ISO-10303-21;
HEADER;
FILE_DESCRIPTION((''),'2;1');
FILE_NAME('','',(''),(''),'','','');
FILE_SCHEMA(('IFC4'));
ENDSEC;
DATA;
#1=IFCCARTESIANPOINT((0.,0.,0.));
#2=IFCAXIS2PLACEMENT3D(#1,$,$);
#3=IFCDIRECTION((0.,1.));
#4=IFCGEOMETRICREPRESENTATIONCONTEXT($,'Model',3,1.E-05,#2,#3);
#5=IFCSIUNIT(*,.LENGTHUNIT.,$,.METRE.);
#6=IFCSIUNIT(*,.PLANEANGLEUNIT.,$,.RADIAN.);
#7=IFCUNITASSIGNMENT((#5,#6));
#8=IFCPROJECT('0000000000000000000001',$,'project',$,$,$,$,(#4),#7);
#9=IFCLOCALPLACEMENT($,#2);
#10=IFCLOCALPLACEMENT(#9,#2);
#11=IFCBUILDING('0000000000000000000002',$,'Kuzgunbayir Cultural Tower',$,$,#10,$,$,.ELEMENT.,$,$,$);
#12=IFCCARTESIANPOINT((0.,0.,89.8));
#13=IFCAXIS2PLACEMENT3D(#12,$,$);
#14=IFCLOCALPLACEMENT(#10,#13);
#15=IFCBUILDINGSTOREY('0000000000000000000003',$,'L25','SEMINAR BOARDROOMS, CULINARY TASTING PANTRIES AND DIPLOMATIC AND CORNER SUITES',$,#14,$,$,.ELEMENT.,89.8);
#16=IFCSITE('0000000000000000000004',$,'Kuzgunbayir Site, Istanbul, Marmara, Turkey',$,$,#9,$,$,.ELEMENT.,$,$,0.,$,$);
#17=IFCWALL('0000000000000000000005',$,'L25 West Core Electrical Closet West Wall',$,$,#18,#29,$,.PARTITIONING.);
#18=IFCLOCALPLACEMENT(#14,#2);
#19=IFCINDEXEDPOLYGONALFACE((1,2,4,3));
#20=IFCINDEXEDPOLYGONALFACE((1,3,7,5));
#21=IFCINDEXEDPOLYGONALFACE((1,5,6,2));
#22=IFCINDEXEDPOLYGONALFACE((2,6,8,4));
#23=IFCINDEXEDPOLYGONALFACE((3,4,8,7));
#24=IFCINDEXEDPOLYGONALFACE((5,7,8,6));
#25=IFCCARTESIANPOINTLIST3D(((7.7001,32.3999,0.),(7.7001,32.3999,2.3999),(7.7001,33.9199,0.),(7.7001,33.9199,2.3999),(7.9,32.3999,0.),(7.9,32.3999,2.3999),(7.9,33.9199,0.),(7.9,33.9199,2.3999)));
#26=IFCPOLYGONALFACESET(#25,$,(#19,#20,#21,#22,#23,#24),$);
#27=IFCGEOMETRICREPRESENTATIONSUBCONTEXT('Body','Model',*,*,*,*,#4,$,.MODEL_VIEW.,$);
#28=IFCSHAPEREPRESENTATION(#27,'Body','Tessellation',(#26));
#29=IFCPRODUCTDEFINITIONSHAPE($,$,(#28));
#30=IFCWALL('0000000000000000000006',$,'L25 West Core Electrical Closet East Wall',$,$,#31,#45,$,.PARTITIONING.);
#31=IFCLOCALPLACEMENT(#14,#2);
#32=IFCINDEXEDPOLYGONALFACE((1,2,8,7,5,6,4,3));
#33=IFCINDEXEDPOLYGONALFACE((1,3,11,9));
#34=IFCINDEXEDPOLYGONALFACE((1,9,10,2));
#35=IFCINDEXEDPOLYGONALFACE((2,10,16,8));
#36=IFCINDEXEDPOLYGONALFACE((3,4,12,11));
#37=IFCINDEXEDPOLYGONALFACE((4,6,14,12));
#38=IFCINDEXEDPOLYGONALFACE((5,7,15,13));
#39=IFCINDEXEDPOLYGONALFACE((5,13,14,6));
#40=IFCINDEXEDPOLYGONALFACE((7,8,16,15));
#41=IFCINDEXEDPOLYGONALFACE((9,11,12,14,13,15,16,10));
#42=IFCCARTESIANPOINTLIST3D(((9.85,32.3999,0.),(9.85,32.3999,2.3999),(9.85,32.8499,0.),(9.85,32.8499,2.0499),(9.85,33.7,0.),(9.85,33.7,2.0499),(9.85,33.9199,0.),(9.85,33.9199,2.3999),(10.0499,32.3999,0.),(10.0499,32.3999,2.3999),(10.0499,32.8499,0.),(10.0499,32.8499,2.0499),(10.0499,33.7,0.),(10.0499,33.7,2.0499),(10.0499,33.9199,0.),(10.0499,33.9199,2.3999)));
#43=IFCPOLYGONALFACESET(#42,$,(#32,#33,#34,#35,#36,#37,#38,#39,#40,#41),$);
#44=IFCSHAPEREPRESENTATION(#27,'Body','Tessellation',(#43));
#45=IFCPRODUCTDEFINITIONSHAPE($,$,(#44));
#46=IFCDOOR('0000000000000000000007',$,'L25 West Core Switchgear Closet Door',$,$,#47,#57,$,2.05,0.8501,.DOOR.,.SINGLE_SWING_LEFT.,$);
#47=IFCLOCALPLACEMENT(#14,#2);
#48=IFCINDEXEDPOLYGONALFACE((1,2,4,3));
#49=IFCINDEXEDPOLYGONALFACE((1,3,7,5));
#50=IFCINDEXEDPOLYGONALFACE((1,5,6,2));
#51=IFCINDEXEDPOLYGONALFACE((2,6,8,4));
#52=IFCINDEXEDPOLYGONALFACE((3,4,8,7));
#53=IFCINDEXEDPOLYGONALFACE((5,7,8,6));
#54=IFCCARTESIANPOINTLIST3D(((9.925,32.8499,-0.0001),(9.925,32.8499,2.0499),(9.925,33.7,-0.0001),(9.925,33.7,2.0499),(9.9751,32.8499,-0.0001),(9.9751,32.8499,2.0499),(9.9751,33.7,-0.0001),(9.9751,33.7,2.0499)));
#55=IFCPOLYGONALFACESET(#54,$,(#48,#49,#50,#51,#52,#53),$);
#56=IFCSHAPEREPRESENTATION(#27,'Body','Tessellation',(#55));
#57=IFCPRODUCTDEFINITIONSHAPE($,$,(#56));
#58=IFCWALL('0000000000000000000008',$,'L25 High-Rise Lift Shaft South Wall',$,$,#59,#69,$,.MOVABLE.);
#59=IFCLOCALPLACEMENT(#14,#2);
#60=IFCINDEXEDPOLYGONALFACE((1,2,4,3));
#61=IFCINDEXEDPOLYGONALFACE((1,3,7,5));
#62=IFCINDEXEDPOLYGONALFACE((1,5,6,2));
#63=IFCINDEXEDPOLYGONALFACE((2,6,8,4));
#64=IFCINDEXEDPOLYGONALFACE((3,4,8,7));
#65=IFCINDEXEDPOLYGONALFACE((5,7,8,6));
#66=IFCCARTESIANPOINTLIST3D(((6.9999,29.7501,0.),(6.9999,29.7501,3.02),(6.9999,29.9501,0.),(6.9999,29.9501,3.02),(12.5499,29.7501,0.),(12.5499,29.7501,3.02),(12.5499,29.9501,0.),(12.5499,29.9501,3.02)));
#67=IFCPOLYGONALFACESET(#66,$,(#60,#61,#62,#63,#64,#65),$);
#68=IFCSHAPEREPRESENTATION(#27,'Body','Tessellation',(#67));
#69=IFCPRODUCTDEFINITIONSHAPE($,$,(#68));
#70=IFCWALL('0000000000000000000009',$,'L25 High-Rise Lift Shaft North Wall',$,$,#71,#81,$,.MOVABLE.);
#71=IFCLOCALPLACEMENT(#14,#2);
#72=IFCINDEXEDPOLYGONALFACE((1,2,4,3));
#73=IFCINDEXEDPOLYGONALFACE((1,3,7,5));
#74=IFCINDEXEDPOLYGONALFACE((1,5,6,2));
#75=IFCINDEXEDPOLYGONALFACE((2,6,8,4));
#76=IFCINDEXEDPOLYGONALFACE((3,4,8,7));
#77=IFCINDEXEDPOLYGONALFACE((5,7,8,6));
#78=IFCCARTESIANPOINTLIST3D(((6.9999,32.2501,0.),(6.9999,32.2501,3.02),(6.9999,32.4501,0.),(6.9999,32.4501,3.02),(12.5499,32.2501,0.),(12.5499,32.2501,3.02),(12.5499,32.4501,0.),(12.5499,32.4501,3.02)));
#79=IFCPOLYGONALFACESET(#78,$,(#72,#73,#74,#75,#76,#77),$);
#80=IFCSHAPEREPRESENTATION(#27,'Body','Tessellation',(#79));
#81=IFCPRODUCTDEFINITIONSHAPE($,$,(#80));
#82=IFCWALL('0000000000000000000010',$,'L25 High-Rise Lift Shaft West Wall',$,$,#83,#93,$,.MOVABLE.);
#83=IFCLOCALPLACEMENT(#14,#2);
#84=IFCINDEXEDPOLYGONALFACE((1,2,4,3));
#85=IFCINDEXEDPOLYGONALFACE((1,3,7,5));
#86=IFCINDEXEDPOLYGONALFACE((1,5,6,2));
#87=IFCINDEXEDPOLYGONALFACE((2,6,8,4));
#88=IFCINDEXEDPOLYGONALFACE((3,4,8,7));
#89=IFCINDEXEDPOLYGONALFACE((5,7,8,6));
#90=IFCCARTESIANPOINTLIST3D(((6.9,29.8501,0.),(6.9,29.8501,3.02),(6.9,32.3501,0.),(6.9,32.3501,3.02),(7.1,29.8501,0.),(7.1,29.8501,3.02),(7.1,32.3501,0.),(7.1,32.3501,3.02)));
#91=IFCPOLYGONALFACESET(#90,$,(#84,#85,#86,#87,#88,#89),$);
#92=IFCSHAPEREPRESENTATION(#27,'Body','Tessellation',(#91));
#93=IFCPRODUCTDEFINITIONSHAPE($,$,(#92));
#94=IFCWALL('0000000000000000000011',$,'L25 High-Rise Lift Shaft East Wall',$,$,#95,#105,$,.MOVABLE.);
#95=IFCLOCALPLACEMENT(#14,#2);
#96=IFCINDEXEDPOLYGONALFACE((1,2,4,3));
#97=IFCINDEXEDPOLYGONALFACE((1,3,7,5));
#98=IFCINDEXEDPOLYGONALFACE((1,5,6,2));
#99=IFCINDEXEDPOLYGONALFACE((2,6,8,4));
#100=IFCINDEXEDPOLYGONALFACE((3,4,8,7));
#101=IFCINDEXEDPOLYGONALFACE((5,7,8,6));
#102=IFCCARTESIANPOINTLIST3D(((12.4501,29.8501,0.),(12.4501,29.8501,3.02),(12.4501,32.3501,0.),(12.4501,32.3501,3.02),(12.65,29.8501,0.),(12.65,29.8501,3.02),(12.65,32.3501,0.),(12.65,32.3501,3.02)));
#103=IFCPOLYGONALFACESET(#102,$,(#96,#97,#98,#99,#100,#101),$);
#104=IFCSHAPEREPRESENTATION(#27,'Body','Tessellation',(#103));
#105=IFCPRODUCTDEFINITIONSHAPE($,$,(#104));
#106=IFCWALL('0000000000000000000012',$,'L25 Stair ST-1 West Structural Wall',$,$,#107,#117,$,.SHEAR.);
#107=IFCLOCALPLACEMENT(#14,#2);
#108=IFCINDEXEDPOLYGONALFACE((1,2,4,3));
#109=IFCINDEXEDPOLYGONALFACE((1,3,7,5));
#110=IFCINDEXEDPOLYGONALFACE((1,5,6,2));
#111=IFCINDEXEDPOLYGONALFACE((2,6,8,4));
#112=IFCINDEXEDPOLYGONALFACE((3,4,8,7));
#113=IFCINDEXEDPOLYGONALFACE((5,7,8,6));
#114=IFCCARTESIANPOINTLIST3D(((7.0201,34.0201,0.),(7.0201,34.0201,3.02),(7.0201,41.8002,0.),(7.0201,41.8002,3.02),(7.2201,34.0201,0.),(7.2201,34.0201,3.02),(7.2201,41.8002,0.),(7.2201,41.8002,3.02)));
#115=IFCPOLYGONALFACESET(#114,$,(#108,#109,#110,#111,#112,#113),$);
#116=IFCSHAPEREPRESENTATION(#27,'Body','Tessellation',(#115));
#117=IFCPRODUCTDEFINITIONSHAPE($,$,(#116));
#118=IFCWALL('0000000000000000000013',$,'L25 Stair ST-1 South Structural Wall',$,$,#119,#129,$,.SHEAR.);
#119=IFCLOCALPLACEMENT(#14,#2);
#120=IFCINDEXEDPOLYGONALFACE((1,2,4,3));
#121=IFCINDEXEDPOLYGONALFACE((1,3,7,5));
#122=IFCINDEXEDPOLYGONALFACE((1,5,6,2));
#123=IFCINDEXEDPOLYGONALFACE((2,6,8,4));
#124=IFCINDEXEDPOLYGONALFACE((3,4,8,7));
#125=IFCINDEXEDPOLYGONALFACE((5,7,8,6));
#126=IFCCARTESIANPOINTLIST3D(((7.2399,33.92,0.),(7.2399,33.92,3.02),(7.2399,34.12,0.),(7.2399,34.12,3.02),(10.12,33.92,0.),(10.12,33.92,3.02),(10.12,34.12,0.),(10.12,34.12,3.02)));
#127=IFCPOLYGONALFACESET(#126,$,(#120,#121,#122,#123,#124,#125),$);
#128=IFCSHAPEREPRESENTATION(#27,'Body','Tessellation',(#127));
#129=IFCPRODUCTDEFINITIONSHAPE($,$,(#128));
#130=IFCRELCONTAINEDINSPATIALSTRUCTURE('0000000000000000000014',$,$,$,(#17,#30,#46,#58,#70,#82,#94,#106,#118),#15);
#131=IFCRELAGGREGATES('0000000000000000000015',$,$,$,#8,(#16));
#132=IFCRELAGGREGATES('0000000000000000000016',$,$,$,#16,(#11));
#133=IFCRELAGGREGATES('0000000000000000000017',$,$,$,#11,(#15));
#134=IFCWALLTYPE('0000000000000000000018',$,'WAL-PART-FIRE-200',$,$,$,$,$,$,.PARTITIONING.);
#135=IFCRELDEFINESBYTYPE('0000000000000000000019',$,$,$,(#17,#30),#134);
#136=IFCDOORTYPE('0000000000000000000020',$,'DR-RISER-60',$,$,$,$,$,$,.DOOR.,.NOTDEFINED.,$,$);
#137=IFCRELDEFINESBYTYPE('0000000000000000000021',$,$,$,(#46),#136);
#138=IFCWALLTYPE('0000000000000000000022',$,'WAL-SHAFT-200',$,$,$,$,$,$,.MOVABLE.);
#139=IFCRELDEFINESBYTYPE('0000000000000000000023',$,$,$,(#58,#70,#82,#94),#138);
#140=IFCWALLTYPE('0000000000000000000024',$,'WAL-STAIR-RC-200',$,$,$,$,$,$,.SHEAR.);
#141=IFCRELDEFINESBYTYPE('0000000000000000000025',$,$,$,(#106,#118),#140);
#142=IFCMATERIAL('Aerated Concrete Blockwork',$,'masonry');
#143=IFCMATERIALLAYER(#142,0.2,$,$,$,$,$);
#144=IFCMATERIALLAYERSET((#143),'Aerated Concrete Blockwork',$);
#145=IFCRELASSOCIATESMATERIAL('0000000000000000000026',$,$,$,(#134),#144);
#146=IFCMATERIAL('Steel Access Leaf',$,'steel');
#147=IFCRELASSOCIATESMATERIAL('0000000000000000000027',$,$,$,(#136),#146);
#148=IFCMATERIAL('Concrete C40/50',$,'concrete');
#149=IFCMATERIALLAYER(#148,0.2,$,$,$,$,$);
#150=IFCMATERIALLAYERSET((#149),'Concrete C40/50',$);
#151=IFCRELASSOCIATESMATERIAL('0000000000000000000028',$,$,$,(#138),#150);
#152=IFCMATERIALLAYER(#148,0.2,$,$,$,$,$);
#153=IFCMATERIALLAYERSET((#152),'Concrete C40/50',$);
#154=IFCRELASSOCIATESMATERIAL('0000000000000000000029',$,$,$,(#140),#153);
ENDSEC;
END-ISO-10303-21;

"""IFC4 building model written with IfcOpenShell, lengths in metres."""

from ifc_helpers import new_model, si_unit, direction, frame, frame_2d, origin, place, context, subcontext, project, spatial, rectangle, extrude, material, layer, layer_set, type_object, element, fill, save


model = new_model("IFC4")

# Units and contexts
model_context = context("Model", 3, precision=1e-05, world=origin(), true_north=direction((0.0, 1.0)))
body_context = subcontext(model_context, "Body", "Model", "MODEL_VIEW")
ifc_project = project(units=[si_unit("LENGTHUNIT", "METRE"), si_unit("PLANEANGLEUNIT", "RADIAN")], contexts=[model_context])

# Site, building, storey
site_placement = place(None, origin())
site = spatial("IfcSite", under=ifc_project, at=site_placement, Name="Kuzgunbayir Site, Istanbul, Marmara, Turkey", CompositionType="ELEMENT", RefElevation=0.0)
building_placement = place(site_placement, origin())
building = spatial("IfcBuilding", under=site, at=building_placement, Name="Kuzgunbayir Cultural Tower", CompositionType="ELEMENT")
storey_placement = place(building_placement, frame((0.0, 0.0, 89.8)))
storey = spatial("IfcBuildingStorey", under=building, at=storey_placement, Name="L25", Description="SEMINAR BOARDROOMS, CULINARY TASTING PANTRIES AND DIPLOMATIC AND CORNER SUITES", CompositionType="ELEMENT", Elevation=89.8)

# Shared definitions
ifc_material_1 = material(Name="Aerated Concrete Blockwork", Category="masonry")
ifc_layer_1 = layer(ifc_material_1, 0.2)
ifc_layer_set_1 = layer_set([ifc_layer_1], Name="Aerated Concrete Blockwork")
wall_type_1 = type_object("IfcWallType", Name="WAL-PART-FIRE-200", PredefinedType="PARTITIONING", material=ifc_layer_set_1)

# Shared definitions
ifc_material_2 = material(Name="Steel Access Leaf", Category="steel")
door_type_1 = type_object("IfcDoorType", Name="DR-RISER-60", OperationType="NOTDEFINED", PredefinedType="DOOR", material=ifc_material_2)

# Wall
wall_1_placement = place(storey_placement, frame((7.8, 32.3999, 0.0), z_axis=(0.0, 0.0, 1.0), x_axis=(0.0, 1.0, 0.0)))
element("IfcWall", 1, at=wall_1_placement, inside=storey, type_object=wall_type_1, Name="L25 West Core Electrical Closet West Wall", PredefinedType="PARTITIONING", context=body_context, shape_type="SweptSolid", body=[
    extrude(rectangle(XDim=1.52, YDim=0.2, at=frame_2d((0.76, 0.0))), origin(), (0.0, 0.0, 1.0), 2.3999),
])

# Wall, opening, door
wall_2_placement = place(storey_placement, frame((9.95, 32.3999, 0.0), z_axis=(0.0, 0.0, 1.0), x_axis=(0.0, 1.0, 0.0)))
wall_2 = element("IfcWall", 2, at=wall_2_placement, inside=storey, type_object=wall_type_1, Name="L25 West Core Electrical Closet East Wall", PredefinedType="PARTITIONING", context=body_context, shape_type="SweptSolid", body=[
    extrude(rectangle(XDim=1.52, YDim=0.2, at=frame_2d((0.76, 0.0))), origin(), (0.0, 0.0, 1.0), 2.3999),
])
opening_1_placement = place(wall_2_placement, frame((0.45, 0.0, 0.0)))
opening_1 = element("IfcOpeningElement", 3, at=opening_1_placement, cuts=wall_2, PredefinedType="OPENING", context=body_context, shape_type="SweptSolid", body=[
    extrude(rectangle(XDim=0.8501, YDim=2.05, at=frame_2d((0.425, 1.0249))), frame((0.0, 0.1099, 0.0), z_axis=(0.0, -1.0, 0.0), x_axis=(1.0, 0.0, 0.0)), (0.0, 0.0, 1.0), 0.22),
])
door_1_placement = place(opening_1_placement, origin())
door_1 = element("IfcDoor", 4, at=door_1_placement, inside=storey, type_object=door_type_1, Name="L25 West Core Switchgear Closet Door", OperationType="SINGLE_SWING_LEFT", OverallHeight=2.05, OverallWidth=0.8501, PredefinedType="DOOR", context=body_context, shape_type="SweptSolid", body=[
    extrude(rectangle(XDim=0.8501, YDim=2.05, at=frame_2d((0.425, 1.0249))), frame((0.0, 0.0249, 0.0), z_axis=(0.0, -1.0, 0.0), x_axis=(1.0, 0.0, 0.0)), (0.0, 0.0, 1.0), 0.05),
])
fill(opening_1, door_1)

# Walls
ifc_material_3 = material(Name="Concrete C40/50", Category="concrete")
ifc_layer_2 = layer(ifc_material_3, 0.2)
ifc_layer_set_2 = layer_set([ifc_layer_2], Name="Concrete C40/50")
wall_type_2 = type_object("IfcWallType", Name="WAL-SHAFT-200", PredefinedType="MOVABLE", material=ifc_layer_set_2)
for number, where, z_axis, x_axis, name in (
    (5, (7.0, 29.8501, 0.0), (0.0, 0.0, 1.0), (1.0, 0.0, 0.0), "L25 High-Rise Lift Shaft South Wall"),
    (6, (7.0, 32.3501, 0.0), (0.0, 0.0, 1.0), (1.0, 0.0, 0.0), "L25 High-Rise Lift Shaft North Wall"),
):
    element("IfcWall", number, at=place(storey_placement, frame(where, z_axis=z_axis, x_axis=x_axis)), inside=storey, type_object=wall_type_2, Name=name, PredefinedType="MOVABLE", context=body_context, shape_type="SweptSolid", body=[
        extrude(rectangle(XDim=5.55, YDim=0.2, at=frame_2d((2.7749, 0.0))), origin(), (0.0, 0.0, 1.0), 3.02),
    ])
for number, where, z_axis, x_axis, name in (
    (7, (7.0, 29.8501, 0.0), (0.0, 0.0, 1.0), (0.0, 1.0, 0.0), "L25 High-Rise Lift Shaft West Wall"),
    (8, (12.55, 29.8501, 0.0), (0.0, 0.0, 1.0), (0.0, 1.0, 0.0), "L25 High-Rise Lift Shaft East Wall"),
):
    element("IfcWall", number, at=place(storey_placement, frame(where, z_axis=z_axis, x_axis=x_axis)), inside=storey, type_object=wall_type_2, Name=name, PredefinedType="MOVABLE", context=body_context, shape_type="SweptSolid", body=[
        extrude(rectangle(XDim=2.5, YDim=0.2, at=frame_2d((1.25, 0.0))), origin(), (0.0, 0.0, 1.0), 3.02),
    ])
ifc_layer_3 = layer(ifc_material_3, 0.2)
ifc_layer_set_3 = layer_set([ifc_layer_3], Name="Concrete C40/50")
wall_type_3 = type_object("IfcWallType", Name="WAL-STAIR-RC-200", PredefinedType="SHEAR", material=ifc_layer_set_3)
wall_3_placement = place(storey_placement, frame((7.1201, 34.02, 0.0), z_axis=(0.0, 0.0, 1.0), x_axis=(0.0, 1.0, 0.0)))
element("IfcWall", 9, at=wall_3_placement, inside=storey, type_object=wall_type_3, Name="L25 Stair ST-1 West Structural Wall", PredefinedType="SHEAR", context=body_context, shape_type="SweptSolid", body=[
    extrude(rectangle(XDim=7.78, YDim=0.2, at=frame_2d((3.8901, 0.0))), origin(), (0.0, 0.0, 1.0), 3.02),
])
wall_4_placement = place(storey_placement, frame((7.24, 34.02, 0.0), z_axis=(0.0, 0.0, 1.0), x_axis=(1.0, 0.0, 0.0)))
element("IfcWall", 10, at=wall_4_placement, inside=storey, type_object=wall_type_3, Name="L25 Stair ST-1 South Structural Wall", PredefinedType="SHEAR", context=body_context, shape_type="SweptSolid", body=[
    extrude(rectangle(XDim=2.8801, YDim=0.2, at=frame_2d((1.4399, 0.0))), origin(), (0.0, 0.0, 1.0), 3.02),
])

save(model, "model.ifc")
